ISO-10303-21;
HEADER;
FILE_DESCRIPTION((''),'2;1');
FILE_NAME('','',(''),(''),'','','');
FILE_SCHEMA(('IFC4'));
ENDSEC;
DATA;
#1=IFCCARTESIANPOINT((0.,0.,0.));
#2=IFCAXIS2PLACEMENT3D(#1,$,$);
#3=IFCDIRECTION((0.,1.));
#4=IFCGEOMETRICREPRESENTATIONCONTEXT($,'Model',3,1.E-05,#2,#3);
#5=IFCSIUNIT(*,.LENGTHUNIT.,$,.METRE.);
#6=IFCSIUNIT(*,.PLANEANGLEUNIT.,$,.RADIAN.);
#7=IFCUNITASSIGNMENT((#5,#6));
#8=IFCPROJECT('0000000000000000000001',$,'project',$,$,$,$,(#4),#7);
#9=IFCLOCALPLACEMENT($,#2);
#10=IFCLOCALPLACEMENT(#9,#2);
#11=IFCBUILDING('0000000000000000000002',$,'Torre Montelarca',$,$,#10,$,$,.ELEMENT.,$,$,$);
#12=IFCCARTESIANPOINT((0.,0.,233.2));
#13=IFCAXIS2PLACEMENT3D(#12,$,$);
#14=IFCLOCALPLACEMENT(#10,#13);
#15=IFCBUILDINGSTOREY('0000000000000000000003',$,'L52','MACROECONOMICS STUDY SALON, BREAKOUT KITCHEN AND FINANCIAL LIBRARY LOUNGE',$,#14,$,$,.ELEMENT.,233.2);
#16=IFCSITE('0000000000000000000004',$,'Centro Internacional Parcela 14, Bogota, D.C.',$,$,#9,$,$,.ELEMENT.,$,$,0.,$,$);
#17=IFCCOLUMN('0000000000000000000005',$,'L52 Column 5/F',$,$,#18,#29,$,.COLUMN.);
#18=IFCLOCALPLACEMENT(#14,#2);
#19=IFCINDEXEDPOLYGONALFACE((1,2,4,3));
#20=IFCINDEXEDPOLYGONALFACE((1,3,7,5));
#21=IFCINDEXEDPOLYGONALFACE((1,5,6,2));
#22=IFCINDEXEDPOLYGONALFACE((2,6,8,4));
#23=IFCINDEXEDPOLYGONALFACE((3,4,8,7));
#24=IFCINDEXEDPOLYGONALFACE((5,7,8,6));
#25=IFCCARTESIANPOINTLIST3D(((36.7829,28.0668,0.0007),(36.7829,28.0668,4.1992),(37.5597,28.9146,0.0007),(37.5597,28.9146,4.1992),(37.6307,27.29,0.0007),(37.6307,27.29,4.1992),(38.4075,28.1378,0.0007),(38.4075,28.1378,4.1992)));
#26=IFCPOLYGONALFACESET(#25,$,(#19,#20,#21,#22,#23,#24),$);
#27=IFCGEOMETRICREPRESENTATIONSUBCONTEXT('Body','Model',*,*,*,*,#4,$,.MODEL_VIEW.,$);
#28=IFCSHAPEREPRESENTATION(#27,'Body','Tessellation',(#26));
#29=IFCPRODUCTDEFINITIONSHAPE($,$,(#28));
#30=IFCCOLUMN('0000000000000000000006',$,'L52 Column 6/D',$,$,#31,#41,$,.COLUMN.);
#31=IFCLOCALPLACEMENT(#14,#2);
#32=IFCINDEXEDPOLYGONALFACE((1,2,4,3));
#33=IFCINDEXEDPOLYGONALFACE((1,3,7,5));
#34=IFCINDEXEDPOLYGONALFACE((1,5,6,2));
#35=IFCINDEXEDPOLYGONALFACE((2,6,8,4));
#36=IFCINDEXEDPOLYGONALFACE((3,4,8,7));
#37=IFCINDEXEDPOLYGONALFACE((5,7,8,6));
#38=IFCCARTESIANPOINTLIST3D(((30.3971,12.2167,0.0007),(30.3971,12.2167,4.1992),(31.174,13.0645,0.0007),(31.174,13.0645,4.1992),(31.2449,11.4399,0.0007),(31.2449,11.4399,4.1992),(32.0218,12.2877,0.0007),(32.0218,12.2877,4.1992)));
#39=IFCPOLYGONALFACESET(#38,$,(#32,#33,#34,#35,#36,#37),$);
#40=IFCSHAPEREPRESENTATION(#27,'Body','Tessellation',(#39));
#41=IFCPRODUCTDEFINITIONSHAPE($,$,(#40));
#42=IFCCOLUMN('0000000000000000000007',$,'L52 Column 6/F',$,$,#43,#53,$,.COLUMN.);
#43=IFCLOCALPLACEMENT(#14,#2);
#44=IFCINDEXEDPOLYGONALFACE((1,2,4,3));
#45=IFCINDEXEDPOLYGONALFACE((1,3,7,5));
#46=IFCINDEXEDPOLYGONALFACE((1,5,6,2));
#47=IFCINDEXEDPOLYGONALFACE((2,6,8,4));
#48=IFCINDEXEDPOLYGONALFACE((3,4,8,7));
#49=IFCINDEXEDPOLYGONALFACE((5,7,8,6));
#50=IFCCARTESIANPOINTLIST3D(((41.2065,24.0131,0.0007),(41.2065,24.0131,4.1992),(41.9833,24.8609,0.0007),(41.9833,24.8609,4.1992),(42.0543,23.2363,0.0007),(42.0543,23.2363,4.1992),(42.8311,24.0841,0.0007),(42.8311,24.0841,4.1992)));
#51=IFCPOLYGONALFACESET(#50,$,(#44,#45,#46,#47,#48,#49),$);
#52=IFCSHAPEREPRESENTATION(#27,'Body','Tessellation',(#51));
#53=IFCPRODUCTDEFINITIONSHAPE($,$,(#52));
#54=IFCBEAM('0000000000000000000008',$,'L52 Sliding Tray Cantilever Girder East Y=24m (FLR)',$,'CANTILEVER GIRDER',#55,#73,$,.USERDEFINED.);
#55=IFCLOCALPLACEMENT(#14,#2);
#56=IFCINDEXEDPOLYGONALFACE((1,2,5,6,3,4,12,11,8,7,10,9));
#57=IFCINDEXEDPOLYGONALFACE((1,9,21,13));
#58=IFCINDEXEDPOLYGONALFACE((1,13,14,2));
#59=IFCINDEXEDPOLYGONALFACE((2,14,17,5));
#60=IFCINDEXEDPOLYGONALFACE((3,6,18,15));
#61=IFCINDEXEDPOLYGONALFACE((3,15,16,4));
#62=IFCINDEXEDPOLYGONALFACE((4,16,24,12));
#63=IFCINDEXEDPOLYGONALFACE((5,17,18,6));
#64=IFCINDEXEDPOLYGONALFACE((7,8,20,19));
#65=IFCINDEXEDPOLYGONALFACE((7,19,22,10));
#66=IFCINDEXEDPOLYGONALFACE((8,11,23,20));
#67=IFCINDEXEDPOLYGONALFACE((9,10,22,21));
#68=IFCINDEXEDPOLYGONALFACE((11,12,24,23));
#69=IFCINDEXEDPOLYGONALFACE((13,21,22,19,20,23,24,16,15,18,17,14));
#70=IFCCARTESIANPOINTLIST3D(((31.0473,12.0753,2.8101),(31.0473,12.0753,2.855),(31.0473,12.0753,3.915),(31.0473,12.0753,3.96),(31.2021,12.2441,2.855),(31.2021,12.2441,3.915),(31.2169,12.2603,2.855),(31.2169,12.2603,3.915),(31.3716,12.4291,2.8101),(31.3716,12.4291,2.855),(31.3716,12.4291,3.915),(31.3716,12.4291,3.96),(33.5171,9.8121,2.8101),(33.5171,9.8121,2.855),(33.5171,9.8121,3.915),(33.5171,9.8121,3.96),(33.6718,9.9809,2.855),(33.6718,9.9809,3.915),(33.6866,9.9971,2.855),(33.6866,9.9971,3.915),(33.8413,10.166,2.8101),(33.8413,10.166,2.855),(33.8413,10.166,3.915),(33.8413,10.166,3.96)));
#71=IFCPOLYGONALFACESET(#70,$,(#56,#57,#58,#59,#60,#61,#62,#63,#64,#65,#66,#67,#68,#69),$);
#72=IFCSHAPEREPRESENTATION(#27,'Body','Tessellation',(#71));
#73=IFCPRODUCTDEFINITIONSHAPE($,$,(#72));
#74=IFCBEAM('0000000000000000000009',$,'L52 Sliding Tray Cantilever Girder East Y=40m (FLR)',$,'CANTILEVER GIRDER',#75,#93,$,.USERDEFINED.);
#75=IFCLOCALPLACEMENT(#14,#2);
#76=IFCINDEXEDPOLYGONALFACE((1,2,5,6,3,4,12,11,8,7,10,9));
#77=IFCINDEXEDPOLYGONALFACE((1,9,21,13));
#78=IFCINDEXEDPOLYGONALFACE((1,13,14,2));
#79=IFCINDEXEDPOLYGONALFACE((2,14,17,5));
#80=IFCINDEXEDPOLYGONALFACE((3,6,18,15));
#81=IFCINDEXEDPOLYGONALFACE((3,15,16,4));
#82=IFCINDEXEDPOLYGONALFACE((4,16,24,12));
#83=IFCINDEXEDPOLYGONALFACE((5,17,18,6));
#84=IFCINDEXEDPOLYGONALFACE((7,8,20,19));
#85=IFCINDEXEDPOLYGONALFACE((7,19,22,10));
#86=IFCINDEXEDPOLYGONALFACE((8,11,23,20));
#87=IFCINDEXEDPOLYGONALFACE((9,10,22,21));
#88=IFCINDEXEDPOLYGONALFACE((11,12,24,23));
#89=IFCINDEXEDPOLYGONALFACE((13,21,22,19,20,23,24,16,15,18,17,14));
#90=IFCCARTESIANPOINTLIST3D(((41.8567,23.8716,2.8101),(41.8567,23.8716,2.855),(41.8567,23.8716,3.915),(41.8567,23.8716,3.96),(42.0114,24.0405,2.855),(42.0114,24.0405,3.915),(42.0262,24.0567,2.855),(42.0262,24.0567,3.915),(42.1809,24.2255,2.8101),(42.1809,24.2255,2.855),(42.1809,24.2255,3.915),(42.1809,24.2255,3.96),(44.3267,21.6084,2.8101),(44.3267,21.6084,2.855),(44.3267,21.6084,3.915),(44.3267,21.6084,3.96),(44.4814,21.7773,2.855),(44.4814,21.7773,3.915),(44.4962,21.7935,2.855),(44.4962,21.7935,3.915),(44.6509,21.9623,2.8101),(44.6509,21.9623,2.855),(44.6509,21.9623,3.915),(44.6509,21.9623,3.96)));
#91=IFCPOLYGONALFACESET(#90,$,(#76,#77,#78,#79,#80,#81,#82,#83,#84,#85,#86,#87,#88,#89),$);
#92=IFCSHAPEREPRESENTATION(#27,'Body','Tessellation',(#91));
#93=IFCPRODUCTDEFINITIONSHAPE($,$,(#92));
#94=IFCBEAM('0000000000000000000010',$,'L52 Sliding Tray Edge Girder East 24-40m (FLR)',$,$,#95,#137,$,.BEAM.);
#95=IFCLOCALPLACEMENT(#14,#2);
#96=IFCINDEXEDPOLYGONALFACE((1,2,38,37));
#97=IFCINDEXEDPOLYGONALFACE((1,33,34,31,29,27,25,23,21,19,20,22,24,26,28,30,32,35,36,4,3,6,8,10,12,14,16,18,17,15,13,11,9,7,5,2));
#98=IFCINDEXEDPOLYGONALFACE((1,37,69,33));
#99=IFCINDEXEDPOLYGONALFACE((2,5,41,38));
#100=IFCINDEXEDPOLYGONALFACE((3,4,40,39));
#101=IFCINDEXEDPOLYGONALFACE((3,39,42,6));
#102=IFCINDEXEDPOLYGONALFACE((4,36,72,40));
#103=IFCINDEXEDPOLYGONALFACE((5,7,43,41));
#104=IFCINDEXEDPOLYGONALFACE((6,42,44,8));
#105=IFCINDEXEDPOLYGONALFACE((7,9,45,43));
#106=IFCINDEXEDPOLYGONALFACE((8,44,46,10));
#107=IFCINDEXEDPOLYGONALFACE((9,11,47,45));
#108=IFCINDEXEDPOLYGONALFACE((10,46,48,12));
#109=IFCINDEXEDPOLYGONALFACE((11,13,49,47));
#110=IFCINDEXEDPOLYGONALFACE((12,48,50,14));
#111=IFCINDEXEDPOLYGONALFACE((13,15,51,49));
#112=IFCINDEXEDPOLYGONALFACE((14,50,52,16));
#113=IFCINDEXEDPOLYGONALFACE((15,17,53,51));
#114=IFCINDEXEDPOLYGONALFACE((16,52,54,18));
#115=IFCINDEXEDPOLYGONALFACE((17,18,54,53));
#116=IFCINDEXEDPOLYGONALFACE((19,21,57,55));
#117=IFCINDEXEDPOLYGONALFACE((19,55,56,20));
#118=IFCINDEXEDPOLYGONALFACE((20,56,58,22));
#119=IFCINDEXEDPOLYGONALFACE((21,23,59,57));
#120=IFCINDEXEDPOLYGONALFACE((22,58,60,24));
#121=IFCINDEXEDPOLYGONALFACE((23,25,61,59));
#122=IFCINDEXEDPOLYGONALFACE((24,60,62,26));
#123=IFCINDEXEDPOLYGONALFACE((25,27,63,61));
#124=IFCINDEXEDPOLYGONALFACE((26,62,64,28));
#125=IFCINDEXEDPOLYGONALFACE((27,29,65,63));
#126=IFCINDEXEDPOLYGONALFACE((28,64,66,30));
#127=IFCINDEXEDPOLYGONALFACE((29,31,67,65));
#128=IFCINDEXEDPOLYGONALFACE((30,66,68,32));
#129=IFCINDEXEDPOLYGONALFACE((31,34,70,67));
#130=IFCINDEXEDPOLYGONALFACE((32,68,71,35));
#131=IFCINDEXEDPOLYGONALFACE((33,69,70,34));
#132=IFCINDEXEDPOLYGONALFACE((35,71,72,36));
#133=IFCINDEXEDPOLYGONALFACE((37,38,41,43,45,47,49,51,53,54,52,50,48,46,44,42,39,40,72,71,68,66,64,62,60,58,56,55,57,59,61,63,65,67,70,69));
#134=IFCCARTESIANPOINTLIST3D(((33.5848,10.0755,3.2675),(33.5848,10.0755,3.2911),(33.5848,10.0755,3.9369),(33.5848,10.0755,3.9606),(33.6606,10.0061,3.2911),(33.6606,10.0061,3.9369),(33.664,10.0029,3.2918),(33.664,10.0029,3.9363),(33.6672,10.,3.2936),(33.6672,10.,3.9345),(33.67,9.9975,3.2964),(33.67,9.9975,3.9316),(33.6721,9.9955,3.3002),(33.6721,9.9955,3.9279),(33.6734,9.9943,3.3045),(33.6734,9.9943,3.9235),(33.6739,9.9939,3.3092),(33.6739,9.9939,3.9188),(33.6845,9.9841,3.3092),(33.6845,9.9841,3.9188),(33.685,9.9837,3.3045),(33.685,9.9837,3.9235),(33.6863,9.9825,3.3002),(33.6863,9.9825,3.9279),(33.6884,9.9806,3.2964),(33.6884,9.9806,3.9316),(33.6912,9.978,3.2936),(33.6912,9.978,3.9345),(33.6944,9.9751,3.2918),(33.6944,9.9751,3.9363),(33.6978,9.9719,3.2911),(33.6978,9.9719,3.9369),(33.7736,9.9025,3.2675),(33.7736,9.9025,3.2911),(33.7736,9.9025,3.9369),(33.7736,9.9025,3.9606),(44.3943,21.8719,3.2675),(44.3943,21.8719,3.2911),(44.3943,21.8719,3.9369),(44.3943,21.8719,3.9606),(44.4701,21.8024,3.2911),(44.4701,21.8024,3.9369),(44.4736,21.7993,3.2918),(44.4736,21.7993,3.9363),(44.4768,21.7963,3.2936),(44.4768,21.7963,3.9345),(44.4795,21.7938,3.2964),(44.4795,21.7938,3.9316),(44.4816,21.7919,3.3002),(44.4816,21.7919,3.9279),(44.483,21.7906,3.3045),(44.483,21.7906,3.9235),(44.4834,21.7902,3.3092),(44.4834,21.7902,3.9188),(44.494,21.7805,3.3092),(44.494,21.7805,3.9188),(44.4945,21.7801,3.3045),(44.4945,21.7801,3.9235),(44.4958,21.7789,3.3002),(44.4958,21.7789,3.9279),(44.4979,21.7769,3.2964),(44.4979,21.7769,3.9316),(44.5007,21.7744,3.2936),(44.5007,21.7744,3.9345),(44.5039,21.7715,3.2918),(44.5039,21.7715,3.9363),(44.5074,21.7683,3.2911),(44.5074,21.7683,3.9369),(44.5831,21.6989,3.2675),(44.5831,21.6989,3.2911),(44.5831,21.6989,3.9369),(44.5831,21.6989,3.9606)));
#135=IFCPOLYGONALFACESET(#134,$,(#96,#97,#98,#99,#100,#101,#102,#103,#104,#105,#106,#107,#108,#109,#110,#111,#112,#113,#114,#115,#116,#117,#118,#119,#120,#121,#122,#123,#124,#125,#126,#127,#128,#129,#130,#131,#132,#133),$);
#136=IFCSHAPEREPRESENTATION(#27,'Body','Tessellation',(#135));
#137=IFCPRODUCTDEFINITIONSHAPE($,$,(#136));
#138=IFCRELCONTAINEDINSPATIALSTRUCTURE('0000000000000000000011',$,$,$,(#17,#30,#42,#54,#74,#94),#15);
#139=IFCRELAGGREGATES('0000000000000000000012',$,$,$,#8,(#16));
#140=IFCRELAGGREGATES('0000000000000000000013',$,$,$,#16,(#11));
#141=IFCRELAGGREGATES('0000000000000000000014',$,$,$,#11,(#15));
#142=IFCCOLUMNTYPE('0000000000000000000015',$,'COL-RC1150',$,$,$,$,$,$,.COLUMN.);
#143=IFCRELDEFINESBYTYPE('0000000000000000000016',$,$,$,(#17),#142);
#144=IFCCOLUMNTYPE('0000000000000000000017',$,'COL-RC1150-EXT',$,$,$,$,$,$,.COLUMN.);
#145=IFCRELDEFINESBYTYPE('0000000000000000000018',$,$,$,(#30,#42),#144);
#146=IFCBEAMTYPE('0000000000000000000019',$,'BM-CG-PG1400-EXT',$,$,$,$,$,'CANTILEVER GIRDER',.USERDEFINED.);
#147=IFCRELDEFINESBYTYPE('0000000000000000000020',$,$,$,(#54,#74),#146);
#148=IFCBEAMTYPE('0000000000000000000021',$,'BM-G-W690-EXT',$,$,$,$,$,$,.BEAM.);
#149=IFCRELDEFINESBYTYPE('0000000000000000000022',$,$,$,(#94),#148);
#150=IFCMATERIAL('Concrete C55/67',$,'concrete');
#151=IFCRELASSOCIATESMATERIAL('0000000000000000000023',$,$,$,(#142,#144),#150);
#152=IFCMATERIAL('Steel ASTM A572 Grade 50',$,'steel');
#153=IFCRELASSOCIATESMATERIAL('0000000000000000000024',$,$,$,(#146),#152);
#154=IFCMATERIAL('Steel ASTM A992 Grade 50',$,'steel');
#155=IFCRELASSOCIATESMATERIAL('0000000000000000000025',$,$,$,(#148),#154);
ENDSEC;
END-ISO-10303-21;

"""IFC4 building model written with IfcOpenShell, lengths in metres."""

from ifc_helpers import new_model, si_unit, direction, frame, origin, origin_2d, place, context, subcontext, project, spatial, rectangle, i_section, extrude, source, transform, mapped, material, material_profile, profile_set, type_object, element, save


model = new_model("IFC4")

# Units and contexts
model_context = context("Model", 3, precision=1e-05, world=origin(), true_north=direction((0.0, 1.0)))
body_context = subcontext(model_context, "Body", "Model", "MODEL_VIEW")
ifc_project = project(units=[si_unit("LENGTHUNIT", "METRE"), si_unit("PLANEANGLEUNIT", "RADIAN")], contexts=[model_context])

# Site, building, storey
site_placement = place(None, origin())
site = spatial("IfcSite", under=ifc_project, at=site_placement, Name="Centro Internacional Parcela 14, Bogota, D.C.", CompositionType="ELEMENT", RefElevation=0.0)
building_placement = place(site_placement, origin())
building = spatial("IfcBuilding", under=site, at=building_placement, Name="Torre Montelarca", CompositionType="ELEMENT")
storey_placement = place(building_placement, frame((0.0, 0.0, 233.2)))
storey = spatial("IfcBuildingStorey", under=building, at=storey_placement, Name="L52", Description="MACROECONOMICS STUDY SALON, BREAKOUT KITCHEN AND FINANCIAL LIBRARY LOUNGE", CompositionType="ELEMENT", Elevation=233.2)

# Columns
ifc_material_1 = material(Name="Concrete C55/67", Category="concrete")
ifc_material_profile_1 = material_profile(ifc_material_1, rectangle(XDim=1.1499, YDim=1.1499, at=origin_2d()), Name="RC1150X1150", Category="concrete")
ifc_profile_set_1 = profile_set([ifc_material_profile_1], Name="Concrete C55/67")
column_type_1 = type_object("IfcColumnType", Name="COL-RC1150", PredefinedType="COLUMN", material=ifc_profile_set_1)
shared_shape_1 = source(origin(), body_context, "Body", "SweptSolid", [
    extrude(rectangle(XDim=1.1499, YDim=1.1499, at=origin_2d()), origin(), (0.0, 0.0, 1.0), 4.1985),
])
column_placement = place(storey_placement, frame((37.5952, 28.1023, 0.0007), z_axis=(0.0, 0.0, 1.0), x_axis=(-0.737277, 0.67559, 0.0)))
element("IfcColumn", 1, at=column_placement, inside=storey, type_object=column_type_1, Name="L52 Column 5/F", PredefinedType="COLUMN", context=body_context, shape_type="MappedRepresentation", body=[
    mapped(shared_shape_1, transform((0.0, 0.0, 0.0), scale=1.0)),
])
ifc_material_profile_2 = material_profile(ifc_material_1, rectangle(XDim=1.1499, YDim=1.1499, at=origin_2d()), Name="RC1150X1150", Category="concrete")
ifc_profile_set_2 = profile_set([ifc_material_profile_2], Name="Concrete C55/67")
column_type_2 = type_object("IfcColumnType", Name="COL-RC1150-EXT", PredefinedType="COLUMN", material=ifc_profile_set_2)
shared_shape_2 = source(origin(), body_context, "Body", "SweptSolid", [
    extrude(rectangle(XDim=1.1499, YDim=1.1499, at=origin_2d()), origin(), (0.0, 0.0, 1.0), 4.1985),
])
for number, where, z_axis, x_axis, name in (
    (2, (31.2095, 12.2522, 0.0007), (0.0, 0.0, 1.0), (-0.737277, 0.67559, 0.0), "L52 Column 6/D"),
    (3, (42.0188, 24.0486, 0.0007), (0.0, 0.0, 1.0), (-0.737277, 0.67559, 0.0), "L52 Column 6/F"),
):
    element("IfcColumn", number, at=place(storey_placement, frame(where, z_axis=z_axis, x_axis=x_axis)), inside=storey, type_object=column_type_2, Name=name, PredefinedType="COLUMN", context=body_context, shape_type="MappedRepresentation", body=[
        mapped(shared_shape_2, transform((0.0, 0.0, 0.0), scale=1.0)),
    ])

# Beams
ifc_material_2 = material(Name="Steel ASTM A572 Grade 50", Category="steel")
ifc_material_profile_3 = material_profile(ifc_material_2, i_section(OverallWidth=0.48, OverallDepth=1.1499, WebThickness=0.022, FlangeThickness=0.0449, at=origin_2d()), Name="PG1150X480X22X45", Category="steel")
ifc_profile_set_3 = profile_set([ifc_material_profile_3], Name="Steel ASTM A572 Grade 50")
beam_type_1 = type_object("IfcBeamType", Name="BM-CG-PG1400-EXT", ElementType="CANTILEVER GIRDER", PredefinedType="USERDEFINED", material=ifc_profile_set_3)
shared_shape_3 = source(origin(), body_context, "Body", "SweptSolid", [
    extrude(i_section(OverallWidth=0.48, OverallDepth=1.1499, WebThickness=0.022, FlangeThickness=0.0449, at=origin_2d()), origin(), (0.0, 0.0, 1.0), 3.3499),
])
beam_1_placement = place(storey_placement, frame((31.2095, 12.2522, 3.385), z_axis=(0.737263, -0.675606, 0.0), x_axis=(0.675606, 0.737263, 0.0)))
element("IfcBeam", 4, at=beam_1_placement, inside=storey, type_object=beam_type_1, Name="L52 Sliding Tray Cantilever Girder East Y=24m (FLR)", ObjectType="CANTILEVER GIRDER", PredefinedType="USERDEFINED", context=body_context, shape_type="MappedRepresentation", body=[
    mapped(shared_shape_3, transform((0.0, 0.0, 0.0), scale=1.0)),
])
shared_shape_4 = source(origin(), body_context, "Body", "SweptSolid", [
    extrude(i_section(OverallWidth=0.48, OverallDepth=1.1499, WebThickness=0.022, FlangeThickness=0.0449, at=origin_2d()), origin(), (0.0, 0.0, 1.0), 3.3501),
])
beam_2_placement = place(storey_placement, frame((42.0188, 24.0486, 3.385), z_axis=(0.737296, -0.67557, 0.0), x_axis=(0.67557, 0.737296, 0.0)))
element("IfcBeam", 5, at=beam_2_placement, inside=storey, type_object=beam_type_1, Name="L52 Sliding Tray Cantilever Girder East Y=40m (FLR)", ObjectType="CANTILEVER GIRDER", PredefinedType="USERDEFINED", context=body_context, shape_type="MappedRepresentation", body=[
    mapped(shared_shape_4, transform((0.0, 0.0, 0.0), scale=1.0)),
])
ifc_material_3 = material(Name="Steel ASTM A992 Grade 50", Category="steel")
ifc_material_profile_4 = material_profile(ifc_material_3, i_section(OverallWidth=0.2561, OverallDepth=0.6931, WebThickness=0.0144, FlangeThickness=0.0237, FilletRadius=0.0181, at=origin_2d()), Name="W690X170", Category="steel")
ifc_profile_set_4 = profile_set([ifc_material_profile_4], Name="Steel ASTM A992 Grade 50")
beam_type_2 = type_object("IfcBeamType", Name="BM-G-W690-EXT", PredefinedType="BEAM", material=ifc_profile_set_4)
shared_shape_5 = source(origin(), body_context, "Body", "SweptSolid", [
    extrude(i_section(OverallWidth=0.2561, OverallDepth=0.6931, WebThickness=0.0144, FlangeThickness=0.0237, FilletRadius=0.0181, at=origin_2d()), origin(), (0.0, 0.0, 1.0), 16.0),
])
beam_3_placement = place(storey_placement, frame((33.6792, 9.989, 3.614), z_axis=(0.675596, 0.737272, 0.0), x_axis=(-0.737272, 0.675596, 0.0)))
element("IfcBeam", 6, at=beam_3_placement, inside=storey, type_object=beam_type_2, Name="L52 Sliding Tray Edge Girder East 24-40m (FLR)", PredefinedType="BEAM", context=body_context, shape_type="MappedRepresentation", body=[
    mapped(shared_shape_5, transform((0.0, 0.0, 0.0), scale=1.0)),
])

save(model, "model.ifc")
